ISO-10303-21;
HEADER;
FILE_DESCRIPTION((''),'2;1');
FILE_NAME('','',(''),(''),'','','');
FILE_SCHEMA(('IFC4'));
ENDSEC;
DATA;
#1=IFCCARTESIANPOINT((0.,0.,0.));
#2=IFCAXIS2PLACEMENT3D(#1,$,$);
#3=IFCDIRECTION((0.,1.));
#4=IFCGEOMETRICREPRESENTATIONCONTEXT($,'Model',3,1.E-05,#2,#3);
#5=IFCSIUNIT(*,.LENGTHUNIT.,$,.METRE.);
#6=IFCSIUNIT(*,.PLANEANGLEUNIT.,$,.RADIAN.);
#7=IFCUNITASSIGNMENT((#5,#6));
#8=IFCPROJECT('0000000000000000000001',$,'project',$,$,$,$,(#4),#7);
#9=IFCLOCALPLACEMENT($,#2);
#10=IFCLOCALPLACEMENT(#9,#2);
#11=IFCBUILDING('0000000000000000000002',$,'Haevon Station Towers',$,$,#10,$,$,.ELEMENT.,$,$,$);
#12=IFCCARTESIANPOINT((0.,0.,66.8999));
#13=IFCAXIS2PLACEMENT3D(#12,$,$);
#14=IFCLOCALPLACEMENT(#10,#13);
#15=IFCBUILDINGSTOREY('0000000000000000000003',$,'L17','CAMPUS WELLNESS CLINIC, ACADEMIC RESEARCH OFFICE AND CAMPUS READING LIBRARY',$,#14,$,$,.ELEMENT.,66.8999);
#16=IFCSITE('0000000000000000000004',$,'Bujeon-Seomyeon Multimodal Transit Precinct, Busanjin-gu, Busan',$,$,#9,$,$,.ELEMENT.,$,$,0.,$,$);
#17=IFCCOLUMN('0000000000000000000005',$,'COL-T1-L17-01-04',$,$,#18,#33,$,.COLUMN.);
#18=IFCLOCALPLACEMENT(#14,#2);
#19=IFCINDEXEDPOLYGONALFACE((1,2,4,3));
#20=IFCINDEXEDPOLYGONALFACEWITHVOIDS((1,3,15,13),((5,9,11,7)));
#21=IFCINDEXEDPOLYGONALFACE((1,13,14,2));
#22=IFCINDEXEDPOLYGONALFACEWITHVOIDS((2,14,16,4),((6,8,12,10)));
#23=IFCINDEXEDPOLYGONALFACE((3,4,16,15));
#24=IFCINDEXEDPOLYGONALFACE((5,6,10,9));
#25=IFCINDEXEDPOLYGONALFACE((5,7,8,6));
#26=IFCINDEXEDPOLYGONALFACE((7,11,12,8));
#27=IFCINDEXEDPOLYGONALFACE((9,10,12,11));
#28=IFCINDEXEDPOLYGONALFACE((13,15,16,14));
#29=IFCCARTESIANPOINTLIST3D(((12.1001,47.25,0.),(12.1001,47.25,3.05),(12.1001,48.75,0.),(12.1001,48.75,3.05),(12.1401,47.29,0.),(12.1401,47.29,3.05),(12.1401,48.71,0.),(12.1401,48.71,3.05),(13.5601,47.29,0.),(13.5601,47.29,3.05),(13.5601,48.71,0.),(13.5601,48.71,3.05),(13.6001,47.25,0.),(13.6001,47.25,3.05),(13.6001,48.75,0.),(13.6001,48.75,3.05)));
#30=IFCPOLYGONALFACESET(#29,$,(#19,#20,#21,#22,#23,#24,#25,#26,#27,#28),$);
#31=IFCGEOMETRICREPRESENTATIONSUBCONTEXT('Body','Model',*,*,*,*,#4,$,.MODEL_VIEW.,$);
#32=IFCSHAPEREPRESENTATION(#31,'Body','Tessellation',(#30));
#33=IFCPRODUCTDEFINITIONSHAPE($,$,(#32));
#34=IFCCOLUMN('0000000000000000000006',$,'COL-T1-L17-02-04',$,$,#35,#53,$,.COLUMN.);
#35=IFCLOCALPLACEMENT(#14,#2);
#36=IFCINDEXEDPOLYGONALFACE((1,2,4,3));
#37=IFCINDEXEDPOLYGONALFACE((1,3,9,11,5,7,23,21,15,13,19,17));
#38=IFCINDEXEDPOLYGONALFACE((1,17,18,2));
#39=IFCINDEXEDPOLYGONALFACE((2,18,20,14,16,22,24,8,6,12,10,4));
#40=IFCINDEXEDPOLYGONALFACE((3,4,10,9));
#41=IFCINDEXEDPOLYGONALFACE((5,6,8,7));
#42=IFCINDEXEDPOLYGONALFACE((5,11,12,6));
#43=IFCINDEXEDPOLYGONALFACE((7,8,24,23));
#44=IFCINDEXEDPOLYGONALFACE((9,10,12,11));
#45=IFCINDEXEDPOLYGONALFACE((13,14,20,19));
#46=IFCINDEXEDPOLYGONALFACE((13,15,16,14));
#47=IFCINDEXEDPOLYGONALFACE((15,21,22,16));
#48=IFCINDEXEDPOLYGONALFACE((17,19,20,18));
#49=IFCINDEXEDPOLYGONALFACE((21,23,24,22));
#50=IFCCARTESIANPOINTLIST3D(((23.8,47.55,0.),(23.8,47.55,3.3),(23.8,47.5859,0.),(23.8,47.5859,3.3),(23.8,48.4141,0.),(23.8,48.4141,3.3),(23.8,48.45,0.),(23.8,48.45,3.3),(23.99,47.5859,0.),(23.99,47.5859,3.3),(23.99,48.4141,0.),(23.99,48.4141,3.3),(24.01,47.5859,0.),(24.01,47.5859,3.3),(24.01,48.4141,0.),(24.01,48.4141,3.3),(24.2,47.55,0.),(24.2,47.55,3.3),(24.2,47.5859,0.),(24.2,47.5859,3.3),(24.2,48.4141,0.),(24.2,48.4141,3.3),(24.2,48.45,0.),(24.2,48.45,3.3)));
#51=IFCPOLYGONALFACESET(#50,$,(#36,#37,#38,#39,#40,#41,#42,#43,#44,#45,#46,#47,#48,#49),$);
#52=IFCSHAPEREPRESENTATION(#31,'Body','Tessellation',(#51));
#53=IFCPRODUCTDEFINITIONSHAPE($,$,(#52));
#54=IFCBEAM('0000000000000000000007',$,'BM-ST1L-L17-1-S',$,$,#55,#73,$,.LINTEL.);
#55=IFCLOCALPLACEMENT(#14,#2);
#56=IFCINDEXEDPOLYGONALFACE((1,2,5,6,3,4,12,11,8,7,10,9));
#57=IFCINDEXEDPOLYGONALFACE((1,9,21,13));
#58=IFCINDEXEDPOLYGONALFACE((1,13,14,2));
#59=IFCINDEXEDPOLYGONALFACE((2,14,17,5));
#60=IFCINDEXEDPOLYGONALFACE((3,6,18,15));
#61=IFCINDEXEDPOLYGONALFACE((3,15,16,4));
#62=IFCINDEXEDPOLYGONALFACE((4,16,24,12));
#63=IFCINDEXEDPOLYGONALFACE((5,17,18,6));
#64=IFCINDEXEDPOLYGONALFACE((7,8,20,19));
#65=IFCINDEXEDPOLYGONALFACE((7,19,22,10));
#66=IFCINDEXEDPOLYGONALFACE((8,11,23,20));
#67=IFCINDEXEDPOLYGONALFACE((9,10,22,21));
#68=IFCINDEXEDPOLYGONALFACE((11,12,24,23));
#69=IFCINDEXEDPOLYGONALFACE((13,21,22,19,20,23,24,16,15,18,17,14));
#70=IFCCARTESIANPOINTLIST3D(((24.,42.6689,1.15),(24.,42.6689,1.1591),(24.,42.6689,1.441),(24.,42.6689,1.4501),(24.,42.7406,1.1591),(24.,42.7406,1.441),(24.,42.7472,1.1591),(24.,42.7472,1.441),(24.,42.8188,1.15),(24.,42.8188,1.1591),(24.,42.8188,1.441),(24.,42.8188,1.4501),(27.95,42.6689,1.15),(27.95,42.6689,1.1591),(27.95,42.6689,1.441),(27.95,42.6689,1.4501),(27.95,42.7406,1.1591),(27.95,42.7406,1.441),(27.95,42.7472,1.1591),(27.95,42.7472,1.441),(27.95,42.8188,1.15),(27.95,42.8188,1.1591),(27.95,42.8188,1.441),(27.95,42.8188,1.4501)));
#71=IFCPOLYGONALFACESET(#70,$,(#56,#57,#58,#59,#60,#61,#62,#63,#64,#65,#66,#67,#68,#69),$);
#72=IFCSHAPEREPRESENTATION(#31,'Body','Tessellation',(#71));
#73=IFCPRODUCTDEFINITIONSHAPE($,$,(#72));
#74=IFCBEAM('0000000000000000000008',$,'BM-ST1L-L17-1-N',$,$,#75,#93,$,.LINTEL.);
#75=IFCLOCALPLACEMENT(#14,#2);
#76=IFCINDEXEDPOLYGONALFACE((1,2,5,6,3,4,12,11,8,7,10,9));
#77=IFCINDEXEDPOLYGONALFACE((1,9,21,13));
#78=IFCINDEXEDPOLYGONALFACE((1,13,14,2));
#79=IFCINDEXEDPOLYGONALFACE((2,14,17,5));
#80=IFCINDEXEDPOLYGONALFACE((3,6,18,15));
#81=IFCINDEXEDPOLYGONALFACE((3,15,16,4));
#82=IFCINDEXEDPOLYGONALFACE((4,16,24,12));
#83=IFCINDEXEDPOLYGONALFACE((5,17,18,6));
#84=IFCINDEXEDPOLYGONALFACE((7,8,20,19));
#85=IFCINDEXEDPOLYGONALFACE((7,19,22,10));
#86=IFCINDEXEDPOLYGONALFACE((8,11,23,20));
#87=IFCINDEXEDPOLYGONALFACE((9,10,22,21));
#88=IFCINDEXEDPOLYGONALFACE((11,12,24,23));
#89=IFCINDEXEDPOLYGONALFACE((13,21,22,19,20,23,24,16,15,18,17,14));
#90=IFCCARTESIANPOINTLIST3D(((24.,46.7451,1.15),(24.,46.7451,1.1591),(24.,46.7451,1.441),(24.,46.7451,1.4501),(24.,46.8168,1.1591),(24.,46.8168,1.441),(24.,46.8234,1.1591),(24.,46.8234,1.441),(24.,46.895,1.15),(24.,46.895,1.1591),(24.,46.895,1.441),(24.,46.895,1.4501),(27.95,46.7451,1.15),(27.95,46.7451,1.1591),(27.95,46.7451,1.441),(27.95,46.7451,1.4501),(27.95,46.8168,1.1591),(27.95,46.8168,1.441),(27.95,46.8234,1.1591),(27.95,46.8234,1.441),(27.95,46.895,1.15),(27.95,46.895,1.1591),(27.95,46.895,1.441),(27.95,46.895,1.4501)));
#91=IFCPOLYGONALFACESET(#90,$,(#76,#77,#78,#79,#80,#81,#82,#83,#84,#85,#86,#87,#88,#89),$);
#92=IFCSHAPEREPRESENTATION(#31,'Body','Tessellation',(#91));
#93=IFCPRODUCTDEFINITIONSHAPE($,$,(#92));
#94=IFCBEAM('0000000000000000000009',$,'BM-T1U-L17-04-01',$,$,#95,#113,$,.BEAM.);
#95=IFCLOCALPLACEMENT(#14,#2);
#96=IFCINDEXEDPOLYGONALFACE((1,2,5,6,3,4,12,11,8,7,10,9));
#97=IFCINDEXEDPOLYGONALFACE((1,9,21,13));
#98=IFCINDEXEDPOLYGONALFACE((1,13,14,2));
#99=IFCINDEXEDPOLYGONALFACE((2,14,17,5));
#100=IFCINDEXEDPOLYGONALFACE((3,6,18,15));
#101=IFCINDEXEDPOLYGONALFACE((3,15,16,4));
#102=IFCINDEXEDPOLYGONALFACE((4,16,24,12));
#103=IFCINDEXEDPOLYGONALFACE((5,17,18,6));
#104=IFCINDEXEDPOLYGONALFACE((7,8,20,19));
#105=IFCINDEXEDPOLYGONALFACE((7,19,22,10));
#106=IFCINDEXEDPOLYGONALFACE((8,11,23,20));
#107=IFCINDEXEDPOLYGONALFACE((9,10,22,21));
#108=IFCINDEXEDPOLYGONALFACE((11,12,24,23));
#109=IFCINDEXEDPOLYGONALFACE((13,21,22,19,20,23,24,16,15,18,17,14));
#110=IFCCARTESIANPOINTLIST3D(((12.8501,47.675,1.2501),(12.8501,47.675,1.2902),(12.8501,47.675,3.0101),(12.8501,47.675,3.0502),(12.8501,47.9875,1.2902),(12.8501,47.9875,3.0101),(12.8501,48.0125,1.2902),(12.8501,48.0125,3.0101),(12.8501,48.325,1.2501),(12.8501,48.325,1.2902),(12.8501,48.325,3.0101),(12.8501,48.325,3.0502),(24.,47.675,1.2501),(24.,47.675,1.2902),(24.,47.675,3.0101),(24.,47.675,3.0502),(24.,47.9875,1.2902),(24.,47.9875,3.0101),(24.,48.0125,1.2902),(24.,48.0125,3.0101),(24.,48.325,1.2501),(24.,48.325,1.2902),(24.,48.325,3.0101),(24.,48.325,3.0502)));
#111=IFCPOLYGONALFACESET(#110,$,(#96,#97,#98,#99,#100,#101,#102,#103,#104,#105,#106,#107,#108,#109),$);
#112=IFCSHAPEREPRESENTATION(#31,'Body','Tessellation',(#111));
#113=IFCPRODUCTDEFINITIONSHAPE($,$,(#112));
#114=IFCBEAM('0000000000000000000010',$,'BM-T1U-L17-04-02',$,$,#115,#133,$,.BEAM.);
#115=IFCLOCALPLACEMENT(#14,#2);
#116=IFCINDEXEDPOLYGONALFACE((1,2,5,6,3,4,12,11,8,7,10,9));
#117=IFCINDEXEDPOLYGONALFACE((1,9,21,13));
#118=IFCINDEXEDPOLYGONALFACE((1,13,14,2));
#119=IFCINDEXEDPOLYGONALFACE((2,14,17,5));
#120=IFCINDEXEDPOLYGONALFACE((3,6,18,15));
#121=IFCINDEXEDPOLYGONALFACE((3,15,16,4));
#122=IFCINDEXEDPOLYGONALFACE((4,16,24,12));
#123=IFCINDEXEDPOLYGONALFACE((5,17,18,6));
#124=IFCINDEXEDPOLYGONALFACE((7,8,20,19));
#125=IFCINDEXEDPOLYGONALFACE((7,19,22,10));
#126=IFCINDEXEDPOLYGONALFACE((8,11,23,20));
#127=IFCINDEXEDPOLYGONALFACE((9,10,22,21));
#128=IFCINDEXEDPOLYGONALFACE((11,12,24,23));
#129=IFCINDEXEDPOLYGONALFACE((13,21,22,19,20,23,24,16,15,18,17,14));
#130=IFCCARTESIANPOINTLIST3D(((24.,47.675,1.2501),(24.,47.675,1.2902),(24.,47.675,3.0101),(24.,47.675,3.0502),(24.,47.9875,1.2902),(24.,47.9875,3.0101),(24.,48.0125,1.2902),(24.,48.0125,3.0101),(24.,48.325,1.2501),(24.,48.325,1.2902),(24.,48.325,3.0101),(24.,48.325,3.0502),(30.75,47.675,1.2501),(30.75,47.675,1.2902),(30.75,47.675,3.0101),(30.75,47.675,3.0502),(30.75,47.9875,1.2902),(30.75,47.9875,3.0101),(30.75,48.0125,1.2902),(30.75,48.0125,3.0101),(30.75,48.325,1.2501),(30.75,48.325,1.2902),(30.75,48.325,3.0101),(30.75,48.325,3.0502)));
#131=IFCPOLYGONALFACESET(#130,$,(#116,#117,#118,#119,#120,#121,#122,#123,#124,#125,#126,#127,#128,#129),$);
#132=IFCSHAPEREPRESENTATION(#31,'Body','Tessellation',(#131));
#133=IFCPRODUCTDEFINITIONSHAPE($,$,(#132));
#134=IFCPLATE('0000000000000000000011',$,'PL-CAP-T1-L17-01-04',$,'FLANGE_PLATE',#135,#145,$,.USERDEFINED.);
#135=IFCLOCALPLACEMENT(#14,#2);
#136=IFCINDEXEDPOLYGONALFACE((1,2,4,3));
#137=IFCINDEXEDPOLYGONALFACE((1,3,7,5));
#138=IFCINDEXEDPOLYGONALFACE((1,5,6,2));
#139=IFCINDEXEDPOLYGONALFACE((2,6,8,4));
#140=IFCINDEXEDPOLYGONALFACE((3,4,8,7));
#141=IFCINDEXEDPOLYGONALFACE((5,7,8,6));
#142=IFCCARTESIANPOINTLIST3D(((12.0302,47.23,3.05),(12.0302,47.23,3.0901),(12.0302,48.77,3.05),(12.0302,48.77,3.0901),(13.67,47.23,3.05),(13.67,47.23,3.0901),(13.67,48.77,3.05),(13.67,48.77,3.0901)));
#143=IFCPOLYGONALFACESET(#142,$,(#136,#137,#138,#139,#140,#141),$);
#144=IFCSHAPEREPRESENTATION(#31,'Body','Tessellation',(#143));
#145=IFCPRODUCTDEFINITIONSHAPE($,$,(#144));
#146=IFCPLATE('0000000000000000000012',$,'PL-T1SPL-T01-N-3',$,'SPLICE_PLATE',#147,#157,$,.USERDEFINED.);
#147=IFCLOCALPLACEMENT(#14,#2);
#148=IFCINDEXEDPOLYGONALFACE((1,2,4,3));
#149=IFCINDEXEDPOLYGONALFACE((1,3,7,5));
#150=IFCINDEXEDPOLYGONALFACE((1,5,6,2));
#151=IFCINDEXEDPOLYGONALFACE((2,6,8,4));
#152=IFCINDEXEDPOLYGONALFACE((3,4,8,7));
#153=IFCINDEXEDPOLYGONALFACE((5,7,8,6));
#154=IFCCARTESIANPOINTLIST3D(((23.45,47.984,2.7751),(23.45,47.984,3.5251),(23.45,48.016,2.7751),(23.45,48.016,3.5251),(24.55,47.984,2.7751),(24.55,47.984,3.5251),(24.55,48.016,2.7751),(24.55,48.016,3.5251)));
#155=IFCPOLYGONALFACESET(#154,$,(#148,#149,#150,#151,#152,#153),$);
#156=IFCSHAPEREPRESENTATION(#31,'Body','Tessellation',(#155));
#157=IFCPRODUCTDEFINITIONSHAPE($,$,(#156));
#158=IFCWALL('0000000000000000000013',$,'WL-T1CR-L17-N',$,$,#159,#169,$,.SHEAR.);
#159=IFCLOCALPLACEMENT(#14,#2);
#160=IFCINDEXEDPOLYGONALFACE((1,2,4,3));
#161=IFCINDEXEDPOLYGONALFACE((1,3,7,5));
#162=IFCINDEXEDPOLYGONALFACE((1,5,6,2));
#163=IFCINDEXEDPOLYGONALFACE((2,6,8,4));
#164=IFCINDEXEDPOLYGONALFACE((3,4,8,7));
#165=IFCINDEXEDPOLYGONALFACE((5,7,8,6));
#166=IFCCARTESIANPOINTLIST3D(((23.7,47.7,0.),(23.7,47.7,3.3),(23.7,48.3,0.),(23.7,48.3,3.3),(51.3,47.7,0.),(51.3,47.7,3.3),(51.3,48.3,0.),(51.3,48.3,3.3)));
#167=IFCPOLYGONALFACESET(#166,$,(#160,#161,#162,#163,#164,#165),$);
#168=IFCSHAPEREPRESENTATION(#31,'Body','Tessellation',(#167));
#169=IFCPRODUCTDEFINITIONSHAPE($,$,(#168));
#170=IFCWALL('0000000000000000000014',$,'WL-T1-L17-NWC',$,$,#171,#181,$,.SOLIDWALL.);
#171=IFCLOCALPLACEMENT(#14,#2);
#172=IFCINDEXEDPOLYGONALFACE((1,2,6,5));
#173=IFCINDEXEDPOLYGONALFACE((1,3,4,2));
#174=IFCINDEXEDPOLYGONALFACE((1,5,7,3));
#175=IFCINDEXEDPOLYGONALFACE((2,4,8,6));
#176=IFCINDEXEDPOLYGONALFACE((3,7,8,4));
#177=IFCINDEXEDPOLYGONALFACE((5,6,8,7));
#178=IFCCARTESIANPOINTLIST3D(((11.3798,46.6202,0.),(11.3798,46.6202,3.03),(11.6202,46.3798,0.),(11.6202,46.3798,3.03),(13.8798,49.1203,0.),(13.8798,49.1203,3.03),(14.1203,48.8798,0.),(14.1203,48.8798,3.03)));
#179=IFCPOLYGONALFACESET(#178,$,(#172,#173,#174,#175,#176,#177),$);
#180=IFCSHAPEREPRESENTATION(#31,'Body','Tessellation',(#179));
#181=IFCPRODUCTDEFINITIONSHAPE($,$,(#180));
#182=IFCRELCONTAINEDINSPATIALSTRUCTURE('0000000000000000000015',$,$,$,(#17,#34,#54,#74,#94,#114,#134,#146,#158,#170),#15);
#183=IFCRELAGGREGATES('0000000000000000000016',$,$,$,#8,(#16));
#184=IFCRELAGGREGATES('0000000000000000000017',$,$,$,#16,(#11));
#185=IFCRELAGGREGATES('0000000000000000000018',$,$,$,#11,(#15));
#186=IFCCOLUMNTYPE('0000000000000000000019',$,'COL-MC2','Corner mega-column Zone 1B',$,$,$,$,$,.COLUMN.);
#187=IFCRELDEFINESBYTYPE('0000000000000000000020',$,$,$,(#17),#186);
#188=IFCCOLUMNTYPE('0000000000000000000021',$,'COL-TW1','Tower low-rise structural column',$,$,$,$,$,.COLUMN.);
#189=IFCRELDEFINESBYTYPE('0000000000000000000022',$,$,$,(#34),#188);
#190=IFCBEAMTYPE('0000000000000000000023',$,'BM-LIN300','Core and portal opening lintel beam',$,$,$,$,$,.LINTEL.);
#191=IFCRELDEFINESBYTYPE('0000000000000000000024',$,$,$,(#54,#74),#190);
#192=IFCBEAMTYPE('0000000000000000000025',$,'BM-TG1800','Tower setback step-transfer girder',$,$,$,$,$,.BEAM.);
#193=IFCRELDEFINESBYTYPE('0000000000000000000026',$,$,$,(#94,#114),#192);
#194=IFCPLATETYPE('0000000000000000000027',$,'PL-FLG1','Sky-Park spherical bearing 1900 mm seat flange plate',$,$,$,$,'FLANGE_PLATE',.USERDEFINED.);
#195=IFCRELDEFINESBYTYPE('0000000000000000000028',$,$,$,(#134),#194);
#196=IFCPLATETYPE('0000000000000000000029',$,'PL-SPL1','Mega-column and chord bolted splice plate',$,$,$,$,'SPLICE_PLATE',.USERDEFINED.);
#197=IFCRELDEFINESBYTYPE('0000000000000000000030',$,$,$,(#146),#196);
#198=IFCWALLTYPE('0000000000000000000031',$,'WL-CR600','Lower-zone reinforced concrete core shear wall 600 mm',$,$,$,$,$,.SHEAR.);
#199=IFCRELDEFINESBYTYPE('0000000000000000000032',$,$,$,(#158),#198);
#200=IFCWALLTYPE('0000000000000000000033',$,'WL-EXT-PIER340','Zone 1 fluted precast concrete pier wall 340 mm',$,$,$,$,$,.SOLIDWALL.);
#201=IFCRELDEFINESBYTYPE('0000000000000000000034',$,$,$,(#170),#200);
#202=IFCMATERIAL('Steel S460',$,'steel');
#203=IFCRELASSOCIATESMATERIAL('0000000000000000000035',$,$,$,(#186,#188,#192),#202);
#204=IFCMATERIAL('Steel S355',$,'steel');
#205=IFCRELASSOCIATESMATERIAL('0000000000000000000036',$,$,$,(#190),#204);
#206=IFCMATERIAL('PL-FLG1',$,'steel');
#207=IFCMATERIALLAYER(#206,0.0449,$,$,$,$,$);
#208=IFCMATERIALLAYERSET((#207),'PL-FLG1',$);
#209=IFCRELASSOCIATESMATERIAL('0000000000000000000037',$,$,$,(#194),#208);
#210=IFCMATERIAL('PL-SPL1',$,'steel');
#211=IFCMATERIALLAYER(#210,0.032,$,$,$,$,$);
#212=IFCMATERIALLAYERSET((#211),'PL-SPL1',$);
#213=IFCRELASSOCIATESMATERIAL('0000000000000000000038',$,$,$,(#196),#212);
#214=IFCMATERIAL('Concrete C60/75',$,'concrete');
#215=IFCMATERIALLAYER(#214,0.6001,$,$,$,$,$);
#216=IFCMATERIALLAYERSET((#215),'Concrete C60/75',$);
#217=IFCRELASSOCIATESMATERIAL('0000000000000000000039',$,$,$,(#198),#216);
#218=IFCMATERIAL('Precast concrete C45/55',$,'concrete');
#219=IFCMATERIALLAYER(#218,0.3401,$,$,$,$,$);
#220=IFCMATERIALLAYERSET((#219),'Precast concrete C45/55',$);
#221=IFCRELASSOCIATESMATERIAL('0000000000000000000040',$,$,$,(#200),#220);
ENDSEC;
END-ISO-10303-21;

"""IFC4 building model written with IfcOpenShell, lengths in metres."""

from ifc_helpers import new_model, si_unit, direction, frame, frame_2d, origin, origin_2d, place, context, subcontext, project, spatial, rectangle, hollow_rectangle, i_section, extrude, material, layer, layer_set, material_profile, profile_set, type_object, element, save


model = new_model("IFC4")

# Units and contexts
model_context = context("Model", 3, precision=1e-05, world=origin(), true_north=direction((0.0, 1.0)))
body_context = subcontext(model_context, "Body", "Model", "MODEL_VIEW")
ifc_project = project(units=[si_unit("LENGTHUNIT", "METRE"), si_unit("PLANEANGLEUNIT", "RADIAN")], contexts=[model_context])

# Site, building, storey
site_placement = place(None, origin())
site = spatial("IfcSite", under=ifc_project, at=site_placement, Name="Bujeon-Seomyeon Multimodal Transit Precinct, Busanjin-gu, Busan", CompositionType="ELEMENT", RefElevation=0.0)
building_placement = place(site_placement, origin())
building = spatial("IfcBuilding", under=site, at=building_placement, Name="Haevon Station Towers", CompositionType="ELEMENT")
storey_placement = place(building_placement, frame((0.0, 0.0, 66.8999)))
storey = spatial("IfcBuildingStorey", under=building, at=storey_placement, Name="L17", Description="CAMPUS WELLNESS CLINIC, ACADEMIC RESEARCH OFFICE AND CAMPUS READING LIBRARY", CompositionType="ELEMENT", Elevation=66.8999)

# Columns
ifc_material_1 = material(Name="Steel S460", Category="steel")
ifc_material_profile_1 = material_profile(ifc_material_1, hollow_rectangle(XDim=1.5, YDim=1.5, WallThickness=0.04, at=origin_2d()), Name="BOX-1500x1500x40")
ifc_profile_set_1 = profile_set([ifc_material_profile_1], Name="Steel S460")
column_type_1 = type_object("IfcColumnType", Name="COL-MC2", Description="Corner mega-column Zone 1B", PredefinedType="COLUMN", material=ifc_profile_set_1)
column_1_placement = place(storey_placement, frame((12.8501, 48.0, 0.0), z_axis=(0.0, 0.0, 1.0), x_axis=(1.0, 0.0, 0.0)))
element("IfcColumn", 1, at=column_1_placement, inside=storey, type_object=column_type_1, Name="COL-T1-L17-01-04", PredefinedType="COLUMN", context=body_context, shape_type="SweptSolid", body=[
    extrude(hollow_rectangle(XDim=1.5, YDim=1.5, WallThickness=0.04, at=origin_2d()), origin(), (0.0, 0.0, 1.0), 3.05),
])
ifc_material_profile_2 = material_profile(ifc_material_1, i_section(OverallWidth=0.3999, OverallDepth=0.8999, WebThickness=0.02, FlangeThickness=0.0359, at=origin_2d()), Name="H-900x400x20x36")
ifc_profile_set_2 = profile_set([ifc_material_profile_2], Name="Steel S460")
column_type_2 = type_object("IfcColumnType", Name="COL-TW1", Description="Tower low-rise structural column", PredefinedType="COLUMN", material=ifc_profile_set_2)
column_2_placement = place(storey_placement, frame((24.0, 48.0, 0.0), z_axis=(0.0, 0.0, 1.0), x_axis=(1.0, 0.0, 0.0)))
element("IfcColumn", 2, at=column_2_placement, inside=storey, type_object=column_type_2, Name="COL-T1-L17-02-04", PredefinedType="COLUMN", context=body_context, shape_type="SweptSolid", body=[
    extrude(i_section(OverallWidth=0.3999, OverallDepth=0.8999, WebThickness=0.02, FlangeThickness=0.0359, at=origin_2d()), origin(), (0.0, 0.0, 1.0), 3.3),
])

# Beams
ifc_material_2 = material(Name="Steel S355", Category="steel")
ifc_material_profile_3 = material_profile(ifc_material_2, i_section(OverallWidth=0.1499, OverallDepth=0.3, WebThickness=0.0066, FlangeThickness=0.009, at=origin_2d()), Name="H-300x150x6.5x9")
ifc_profile_set_3 = profile_set([ifc_material_profile_3], Name="Steel S355")
beam_type_1 = type_object("IfcBeamType", Name="BM-LIN300", Description="Core and portal opening lintel beam", PredefinedType="LINTEL", material=ifc_profile_set_3)
for number, where, z_axis, x_axis, name in (
    (3, (24.0, 42.7439, 1.3), (1.0, 0.0, 0.0), (0.0, 1.0, 0.0), "BM-ST1L-L17-1-S"),
    (4, (24.0, 46.8201, 1.3), (1.0, 0.0, 0.0), (0.0, 1.0, 0.0), "BM-ST1L-L17-1-N"),
):
    element("IfcBeam", number, at=place(storey_placement, frame(where, z_axis=z_axis, x_axis=x_axis)), inside=storey, type_object=beam_type_1, Name=name, PredefinedType="LINTEL", context=body_context, shape_type="SweptSolid", body=[
        extrude(i_section(OverallWidth=0.1499, OverallDepth=0.3, WebThickness=0.0066, FlangeThickness=0.009, at=origin_2d()), origin(), (0.0, 0.0, 1.0), 3.95),
    ])
ifc_material_profile_4 = material_profile(ifc_material_1, i_section(OverallWidth=0.6499, OverallDepth=1.8, WebThickness=0.0249, FlangeThickness=0.04, at=origin_2d()), Name="H-1800x650x25x40")
ifc_profile_set_4 = profile_set([ifc_material_profile_4], Name="Steel S460")
beam_type_2 = type_object("IfcBeamType", Name="BM-TG1800", Description="Tower setback step-transfer girder", PredefinedType="BEAM", material=ifc_profile_set_4)
beam_1_placement = place(storey_placement, frame((12.8501, 48.0, 2.1501), z_axis=(1.0, 0.0, 0.0), x_axis=(0.0, 1.0, 0.0)))
element("IfcBeam", 5, at=beam_1_placement, inside=storey, type_object=beam_type_2, Name="BM-T1U-L17-04-01", PredefinedType="BEAM", context=body_context, shape_type="SweptSolid", body=[
    extrude(i_section(OverallWidth=0.6499, OverallDepth=1.8, WebThickness=0.0249, FlangeThickness=0.04, at=origin_2d()), origin(), (0.0, 0.0, 1.0), 11.1499),
])
beam_2_placement = place(storey_placement, frame((24.0, 48.0, 2.1501), z_axis=(1.0, 0.0, 0.0), x_axis=(0.0, 1.0, 0.0)))
element("IfcBeam", 6, at=beam_2_placement, inside=storey, type_object=beam_type_2, Name="BM-T1U-L17-04-02", PredefinedType="BEAM", context=body_context, shape_type="SweptSolid", body=[
    extrude(i_section(OverallWidth=0.6499, OverallDepth=1.8, WebThickness=0.0249, FlangeThickness=0.04, at=origin_2d()), origin(), (0.0, 0.0, 1.0), 6.75),
])

# Plates
ifc_material_3 = material(Name="PL-FLG1", Category="steel")
ifc_layer_1 = layer(ifc_material_3, 0.0449)
ifc_layer_set_1 = layer_set([ifc_layer_1], Name="PL-FLG1")
plate_type_1 = type_object("IfcPlateType", Name="PL-FLG1", Description="Sky-Park spherical bearing 1900 mm seat flange plate", ElementType="FLANGE_PLATE", PredefinedType="USERDEFINED", material=ifc_layer_set_1)
plate_1_placement = place(storey_placement, frame((12.8501, 48.0, 3.05), z_axis=(0.0, 0.0, 1.0), x_axis=(1.0, 0.0, 0.0)))
element("IfcPlate", 7, at=plate_1_placement, inside=storey, type_object=plate_type_1, Name="PL-CAP-T1-L17-01-04", ObjectType="FLANGE_PLATE", PredefinedType="USERDEFINED", context=body_context, shape_type="SweptSolid", body=[
    extrude(rectangle(XDim=1.6399, YDim=1.54, at=origin_2d()), origin(), (0.0, 0.0, 1.0), 0.04),
])
ifc_material_4 = material(Name="PL-SPL1", Category="steel")
ifc_layer_2 = layer(ifc_material_4, 0.032)
ifc_layer_set_2 = layer_set([ifc_layer_2], Name="PL-SPL1")
plate_type_2 = type_object("IfcPlateType", Name="PL-SPL1", Description="Mega-column and chord bolted splice plate", ElementType="SPLICE_PLATE", PredefinedType="USERDEFINED", material=ifc_layer_set_2)
plate_2_placement = place(storey_placement, frame((24.0, 48.0, 2.7751), z_axis=(0.0, 0.0, 1.0), x_axis=(1.0, 0.0, 0.0)))
element("IfcPlate", 8, at=plate_2_placement, inside=storey, type_object=plate_type_2, Name="PL-T1SPL-T01-N-3", ObjectType="SPLICE_PLATE", PredefinedType="USERDEFINED", context=body_context, shape_type="SweptSolid", body=[
    extrude(rectangle(XDim=1.1001, YDim=0.032, at=origin_2d()), origin(), (0.0, 0.0, 1.0), 0.75),
])

# Walls
ifc_material_5 = material(Name="Concrete C60/75", Category="concrete")
ifc_layer_3 = layer(ifc_material_5, 0.6001)
ifc_layer_set_3 = layer_set([ifc_layer_3], Name="Concrete C60/75")
wall_type_1 = type_object("IfcWallType", Name="WL-CR600", Description="Lower-zone reinforced concrete core shear wall 600 mm", PredefinedType="SHEAR", material=ifc_layer_set_3)
wall_1_placement = place(storey_placement, frame((23.7, 48.0, 0.0), z_axis=(0.0, 0.0, 1.0), x_axis=(1.0, 0.0, 0.0)))
element("IfcWall", 9, at=wall_1_placement, inside=storey, type_object=wall_type_1, Name="WL-T1CR-L17-N", PredefinedType="SHEAR", context=body_context, shape_type="SweptSolid", body=[
    extrude(rectangle(XDim=27.6001, YDim=0.6001, at=frame_2d((13.8, 0.0))), origin(), (0.0, 0.0, 1.0), 3.3),
])
ifc_material_6 = material(Name="Precast concrete C45/55", Category="concrete")
ifc_layer_4 = layer(ifc_material_6, 0.3401)
ifc_layer_set_4 = layer_set([ifc_layer_4], Name="Precast concrete C45/55")
wall_type_2 = type_object("IfcWallType", Name="WL-EXT-PIER340", Description="Zone 1 fluted precast concrete pier wall 340 mm", PredefinedType="SOLIDWALL", material=ifc_layer_set_4)
wall_2_placement = place(storey_placement, frame((11.5, 46.5, 0.0), z_axis=(0.0, 0.0, 1.0), x_axis=(0.707107, 0.707107, 0.0)))
element("IfcWall", 10, at=wall_2_placement, inside=storey, type_object=wall_type_2, Name="WL-T1-L17-NWC", PredefinedType="SOLIDWALL", context=body_context, shape_type="SweptSolid", body=[
    extrude(rectangle(XDim=3.5356, YDim=0.3401, at=frame_2d((1.7678, 0.0))), origin(), (0.0, 0.0, 1.0), 3.03),
])

save(model, "model.ifc")
